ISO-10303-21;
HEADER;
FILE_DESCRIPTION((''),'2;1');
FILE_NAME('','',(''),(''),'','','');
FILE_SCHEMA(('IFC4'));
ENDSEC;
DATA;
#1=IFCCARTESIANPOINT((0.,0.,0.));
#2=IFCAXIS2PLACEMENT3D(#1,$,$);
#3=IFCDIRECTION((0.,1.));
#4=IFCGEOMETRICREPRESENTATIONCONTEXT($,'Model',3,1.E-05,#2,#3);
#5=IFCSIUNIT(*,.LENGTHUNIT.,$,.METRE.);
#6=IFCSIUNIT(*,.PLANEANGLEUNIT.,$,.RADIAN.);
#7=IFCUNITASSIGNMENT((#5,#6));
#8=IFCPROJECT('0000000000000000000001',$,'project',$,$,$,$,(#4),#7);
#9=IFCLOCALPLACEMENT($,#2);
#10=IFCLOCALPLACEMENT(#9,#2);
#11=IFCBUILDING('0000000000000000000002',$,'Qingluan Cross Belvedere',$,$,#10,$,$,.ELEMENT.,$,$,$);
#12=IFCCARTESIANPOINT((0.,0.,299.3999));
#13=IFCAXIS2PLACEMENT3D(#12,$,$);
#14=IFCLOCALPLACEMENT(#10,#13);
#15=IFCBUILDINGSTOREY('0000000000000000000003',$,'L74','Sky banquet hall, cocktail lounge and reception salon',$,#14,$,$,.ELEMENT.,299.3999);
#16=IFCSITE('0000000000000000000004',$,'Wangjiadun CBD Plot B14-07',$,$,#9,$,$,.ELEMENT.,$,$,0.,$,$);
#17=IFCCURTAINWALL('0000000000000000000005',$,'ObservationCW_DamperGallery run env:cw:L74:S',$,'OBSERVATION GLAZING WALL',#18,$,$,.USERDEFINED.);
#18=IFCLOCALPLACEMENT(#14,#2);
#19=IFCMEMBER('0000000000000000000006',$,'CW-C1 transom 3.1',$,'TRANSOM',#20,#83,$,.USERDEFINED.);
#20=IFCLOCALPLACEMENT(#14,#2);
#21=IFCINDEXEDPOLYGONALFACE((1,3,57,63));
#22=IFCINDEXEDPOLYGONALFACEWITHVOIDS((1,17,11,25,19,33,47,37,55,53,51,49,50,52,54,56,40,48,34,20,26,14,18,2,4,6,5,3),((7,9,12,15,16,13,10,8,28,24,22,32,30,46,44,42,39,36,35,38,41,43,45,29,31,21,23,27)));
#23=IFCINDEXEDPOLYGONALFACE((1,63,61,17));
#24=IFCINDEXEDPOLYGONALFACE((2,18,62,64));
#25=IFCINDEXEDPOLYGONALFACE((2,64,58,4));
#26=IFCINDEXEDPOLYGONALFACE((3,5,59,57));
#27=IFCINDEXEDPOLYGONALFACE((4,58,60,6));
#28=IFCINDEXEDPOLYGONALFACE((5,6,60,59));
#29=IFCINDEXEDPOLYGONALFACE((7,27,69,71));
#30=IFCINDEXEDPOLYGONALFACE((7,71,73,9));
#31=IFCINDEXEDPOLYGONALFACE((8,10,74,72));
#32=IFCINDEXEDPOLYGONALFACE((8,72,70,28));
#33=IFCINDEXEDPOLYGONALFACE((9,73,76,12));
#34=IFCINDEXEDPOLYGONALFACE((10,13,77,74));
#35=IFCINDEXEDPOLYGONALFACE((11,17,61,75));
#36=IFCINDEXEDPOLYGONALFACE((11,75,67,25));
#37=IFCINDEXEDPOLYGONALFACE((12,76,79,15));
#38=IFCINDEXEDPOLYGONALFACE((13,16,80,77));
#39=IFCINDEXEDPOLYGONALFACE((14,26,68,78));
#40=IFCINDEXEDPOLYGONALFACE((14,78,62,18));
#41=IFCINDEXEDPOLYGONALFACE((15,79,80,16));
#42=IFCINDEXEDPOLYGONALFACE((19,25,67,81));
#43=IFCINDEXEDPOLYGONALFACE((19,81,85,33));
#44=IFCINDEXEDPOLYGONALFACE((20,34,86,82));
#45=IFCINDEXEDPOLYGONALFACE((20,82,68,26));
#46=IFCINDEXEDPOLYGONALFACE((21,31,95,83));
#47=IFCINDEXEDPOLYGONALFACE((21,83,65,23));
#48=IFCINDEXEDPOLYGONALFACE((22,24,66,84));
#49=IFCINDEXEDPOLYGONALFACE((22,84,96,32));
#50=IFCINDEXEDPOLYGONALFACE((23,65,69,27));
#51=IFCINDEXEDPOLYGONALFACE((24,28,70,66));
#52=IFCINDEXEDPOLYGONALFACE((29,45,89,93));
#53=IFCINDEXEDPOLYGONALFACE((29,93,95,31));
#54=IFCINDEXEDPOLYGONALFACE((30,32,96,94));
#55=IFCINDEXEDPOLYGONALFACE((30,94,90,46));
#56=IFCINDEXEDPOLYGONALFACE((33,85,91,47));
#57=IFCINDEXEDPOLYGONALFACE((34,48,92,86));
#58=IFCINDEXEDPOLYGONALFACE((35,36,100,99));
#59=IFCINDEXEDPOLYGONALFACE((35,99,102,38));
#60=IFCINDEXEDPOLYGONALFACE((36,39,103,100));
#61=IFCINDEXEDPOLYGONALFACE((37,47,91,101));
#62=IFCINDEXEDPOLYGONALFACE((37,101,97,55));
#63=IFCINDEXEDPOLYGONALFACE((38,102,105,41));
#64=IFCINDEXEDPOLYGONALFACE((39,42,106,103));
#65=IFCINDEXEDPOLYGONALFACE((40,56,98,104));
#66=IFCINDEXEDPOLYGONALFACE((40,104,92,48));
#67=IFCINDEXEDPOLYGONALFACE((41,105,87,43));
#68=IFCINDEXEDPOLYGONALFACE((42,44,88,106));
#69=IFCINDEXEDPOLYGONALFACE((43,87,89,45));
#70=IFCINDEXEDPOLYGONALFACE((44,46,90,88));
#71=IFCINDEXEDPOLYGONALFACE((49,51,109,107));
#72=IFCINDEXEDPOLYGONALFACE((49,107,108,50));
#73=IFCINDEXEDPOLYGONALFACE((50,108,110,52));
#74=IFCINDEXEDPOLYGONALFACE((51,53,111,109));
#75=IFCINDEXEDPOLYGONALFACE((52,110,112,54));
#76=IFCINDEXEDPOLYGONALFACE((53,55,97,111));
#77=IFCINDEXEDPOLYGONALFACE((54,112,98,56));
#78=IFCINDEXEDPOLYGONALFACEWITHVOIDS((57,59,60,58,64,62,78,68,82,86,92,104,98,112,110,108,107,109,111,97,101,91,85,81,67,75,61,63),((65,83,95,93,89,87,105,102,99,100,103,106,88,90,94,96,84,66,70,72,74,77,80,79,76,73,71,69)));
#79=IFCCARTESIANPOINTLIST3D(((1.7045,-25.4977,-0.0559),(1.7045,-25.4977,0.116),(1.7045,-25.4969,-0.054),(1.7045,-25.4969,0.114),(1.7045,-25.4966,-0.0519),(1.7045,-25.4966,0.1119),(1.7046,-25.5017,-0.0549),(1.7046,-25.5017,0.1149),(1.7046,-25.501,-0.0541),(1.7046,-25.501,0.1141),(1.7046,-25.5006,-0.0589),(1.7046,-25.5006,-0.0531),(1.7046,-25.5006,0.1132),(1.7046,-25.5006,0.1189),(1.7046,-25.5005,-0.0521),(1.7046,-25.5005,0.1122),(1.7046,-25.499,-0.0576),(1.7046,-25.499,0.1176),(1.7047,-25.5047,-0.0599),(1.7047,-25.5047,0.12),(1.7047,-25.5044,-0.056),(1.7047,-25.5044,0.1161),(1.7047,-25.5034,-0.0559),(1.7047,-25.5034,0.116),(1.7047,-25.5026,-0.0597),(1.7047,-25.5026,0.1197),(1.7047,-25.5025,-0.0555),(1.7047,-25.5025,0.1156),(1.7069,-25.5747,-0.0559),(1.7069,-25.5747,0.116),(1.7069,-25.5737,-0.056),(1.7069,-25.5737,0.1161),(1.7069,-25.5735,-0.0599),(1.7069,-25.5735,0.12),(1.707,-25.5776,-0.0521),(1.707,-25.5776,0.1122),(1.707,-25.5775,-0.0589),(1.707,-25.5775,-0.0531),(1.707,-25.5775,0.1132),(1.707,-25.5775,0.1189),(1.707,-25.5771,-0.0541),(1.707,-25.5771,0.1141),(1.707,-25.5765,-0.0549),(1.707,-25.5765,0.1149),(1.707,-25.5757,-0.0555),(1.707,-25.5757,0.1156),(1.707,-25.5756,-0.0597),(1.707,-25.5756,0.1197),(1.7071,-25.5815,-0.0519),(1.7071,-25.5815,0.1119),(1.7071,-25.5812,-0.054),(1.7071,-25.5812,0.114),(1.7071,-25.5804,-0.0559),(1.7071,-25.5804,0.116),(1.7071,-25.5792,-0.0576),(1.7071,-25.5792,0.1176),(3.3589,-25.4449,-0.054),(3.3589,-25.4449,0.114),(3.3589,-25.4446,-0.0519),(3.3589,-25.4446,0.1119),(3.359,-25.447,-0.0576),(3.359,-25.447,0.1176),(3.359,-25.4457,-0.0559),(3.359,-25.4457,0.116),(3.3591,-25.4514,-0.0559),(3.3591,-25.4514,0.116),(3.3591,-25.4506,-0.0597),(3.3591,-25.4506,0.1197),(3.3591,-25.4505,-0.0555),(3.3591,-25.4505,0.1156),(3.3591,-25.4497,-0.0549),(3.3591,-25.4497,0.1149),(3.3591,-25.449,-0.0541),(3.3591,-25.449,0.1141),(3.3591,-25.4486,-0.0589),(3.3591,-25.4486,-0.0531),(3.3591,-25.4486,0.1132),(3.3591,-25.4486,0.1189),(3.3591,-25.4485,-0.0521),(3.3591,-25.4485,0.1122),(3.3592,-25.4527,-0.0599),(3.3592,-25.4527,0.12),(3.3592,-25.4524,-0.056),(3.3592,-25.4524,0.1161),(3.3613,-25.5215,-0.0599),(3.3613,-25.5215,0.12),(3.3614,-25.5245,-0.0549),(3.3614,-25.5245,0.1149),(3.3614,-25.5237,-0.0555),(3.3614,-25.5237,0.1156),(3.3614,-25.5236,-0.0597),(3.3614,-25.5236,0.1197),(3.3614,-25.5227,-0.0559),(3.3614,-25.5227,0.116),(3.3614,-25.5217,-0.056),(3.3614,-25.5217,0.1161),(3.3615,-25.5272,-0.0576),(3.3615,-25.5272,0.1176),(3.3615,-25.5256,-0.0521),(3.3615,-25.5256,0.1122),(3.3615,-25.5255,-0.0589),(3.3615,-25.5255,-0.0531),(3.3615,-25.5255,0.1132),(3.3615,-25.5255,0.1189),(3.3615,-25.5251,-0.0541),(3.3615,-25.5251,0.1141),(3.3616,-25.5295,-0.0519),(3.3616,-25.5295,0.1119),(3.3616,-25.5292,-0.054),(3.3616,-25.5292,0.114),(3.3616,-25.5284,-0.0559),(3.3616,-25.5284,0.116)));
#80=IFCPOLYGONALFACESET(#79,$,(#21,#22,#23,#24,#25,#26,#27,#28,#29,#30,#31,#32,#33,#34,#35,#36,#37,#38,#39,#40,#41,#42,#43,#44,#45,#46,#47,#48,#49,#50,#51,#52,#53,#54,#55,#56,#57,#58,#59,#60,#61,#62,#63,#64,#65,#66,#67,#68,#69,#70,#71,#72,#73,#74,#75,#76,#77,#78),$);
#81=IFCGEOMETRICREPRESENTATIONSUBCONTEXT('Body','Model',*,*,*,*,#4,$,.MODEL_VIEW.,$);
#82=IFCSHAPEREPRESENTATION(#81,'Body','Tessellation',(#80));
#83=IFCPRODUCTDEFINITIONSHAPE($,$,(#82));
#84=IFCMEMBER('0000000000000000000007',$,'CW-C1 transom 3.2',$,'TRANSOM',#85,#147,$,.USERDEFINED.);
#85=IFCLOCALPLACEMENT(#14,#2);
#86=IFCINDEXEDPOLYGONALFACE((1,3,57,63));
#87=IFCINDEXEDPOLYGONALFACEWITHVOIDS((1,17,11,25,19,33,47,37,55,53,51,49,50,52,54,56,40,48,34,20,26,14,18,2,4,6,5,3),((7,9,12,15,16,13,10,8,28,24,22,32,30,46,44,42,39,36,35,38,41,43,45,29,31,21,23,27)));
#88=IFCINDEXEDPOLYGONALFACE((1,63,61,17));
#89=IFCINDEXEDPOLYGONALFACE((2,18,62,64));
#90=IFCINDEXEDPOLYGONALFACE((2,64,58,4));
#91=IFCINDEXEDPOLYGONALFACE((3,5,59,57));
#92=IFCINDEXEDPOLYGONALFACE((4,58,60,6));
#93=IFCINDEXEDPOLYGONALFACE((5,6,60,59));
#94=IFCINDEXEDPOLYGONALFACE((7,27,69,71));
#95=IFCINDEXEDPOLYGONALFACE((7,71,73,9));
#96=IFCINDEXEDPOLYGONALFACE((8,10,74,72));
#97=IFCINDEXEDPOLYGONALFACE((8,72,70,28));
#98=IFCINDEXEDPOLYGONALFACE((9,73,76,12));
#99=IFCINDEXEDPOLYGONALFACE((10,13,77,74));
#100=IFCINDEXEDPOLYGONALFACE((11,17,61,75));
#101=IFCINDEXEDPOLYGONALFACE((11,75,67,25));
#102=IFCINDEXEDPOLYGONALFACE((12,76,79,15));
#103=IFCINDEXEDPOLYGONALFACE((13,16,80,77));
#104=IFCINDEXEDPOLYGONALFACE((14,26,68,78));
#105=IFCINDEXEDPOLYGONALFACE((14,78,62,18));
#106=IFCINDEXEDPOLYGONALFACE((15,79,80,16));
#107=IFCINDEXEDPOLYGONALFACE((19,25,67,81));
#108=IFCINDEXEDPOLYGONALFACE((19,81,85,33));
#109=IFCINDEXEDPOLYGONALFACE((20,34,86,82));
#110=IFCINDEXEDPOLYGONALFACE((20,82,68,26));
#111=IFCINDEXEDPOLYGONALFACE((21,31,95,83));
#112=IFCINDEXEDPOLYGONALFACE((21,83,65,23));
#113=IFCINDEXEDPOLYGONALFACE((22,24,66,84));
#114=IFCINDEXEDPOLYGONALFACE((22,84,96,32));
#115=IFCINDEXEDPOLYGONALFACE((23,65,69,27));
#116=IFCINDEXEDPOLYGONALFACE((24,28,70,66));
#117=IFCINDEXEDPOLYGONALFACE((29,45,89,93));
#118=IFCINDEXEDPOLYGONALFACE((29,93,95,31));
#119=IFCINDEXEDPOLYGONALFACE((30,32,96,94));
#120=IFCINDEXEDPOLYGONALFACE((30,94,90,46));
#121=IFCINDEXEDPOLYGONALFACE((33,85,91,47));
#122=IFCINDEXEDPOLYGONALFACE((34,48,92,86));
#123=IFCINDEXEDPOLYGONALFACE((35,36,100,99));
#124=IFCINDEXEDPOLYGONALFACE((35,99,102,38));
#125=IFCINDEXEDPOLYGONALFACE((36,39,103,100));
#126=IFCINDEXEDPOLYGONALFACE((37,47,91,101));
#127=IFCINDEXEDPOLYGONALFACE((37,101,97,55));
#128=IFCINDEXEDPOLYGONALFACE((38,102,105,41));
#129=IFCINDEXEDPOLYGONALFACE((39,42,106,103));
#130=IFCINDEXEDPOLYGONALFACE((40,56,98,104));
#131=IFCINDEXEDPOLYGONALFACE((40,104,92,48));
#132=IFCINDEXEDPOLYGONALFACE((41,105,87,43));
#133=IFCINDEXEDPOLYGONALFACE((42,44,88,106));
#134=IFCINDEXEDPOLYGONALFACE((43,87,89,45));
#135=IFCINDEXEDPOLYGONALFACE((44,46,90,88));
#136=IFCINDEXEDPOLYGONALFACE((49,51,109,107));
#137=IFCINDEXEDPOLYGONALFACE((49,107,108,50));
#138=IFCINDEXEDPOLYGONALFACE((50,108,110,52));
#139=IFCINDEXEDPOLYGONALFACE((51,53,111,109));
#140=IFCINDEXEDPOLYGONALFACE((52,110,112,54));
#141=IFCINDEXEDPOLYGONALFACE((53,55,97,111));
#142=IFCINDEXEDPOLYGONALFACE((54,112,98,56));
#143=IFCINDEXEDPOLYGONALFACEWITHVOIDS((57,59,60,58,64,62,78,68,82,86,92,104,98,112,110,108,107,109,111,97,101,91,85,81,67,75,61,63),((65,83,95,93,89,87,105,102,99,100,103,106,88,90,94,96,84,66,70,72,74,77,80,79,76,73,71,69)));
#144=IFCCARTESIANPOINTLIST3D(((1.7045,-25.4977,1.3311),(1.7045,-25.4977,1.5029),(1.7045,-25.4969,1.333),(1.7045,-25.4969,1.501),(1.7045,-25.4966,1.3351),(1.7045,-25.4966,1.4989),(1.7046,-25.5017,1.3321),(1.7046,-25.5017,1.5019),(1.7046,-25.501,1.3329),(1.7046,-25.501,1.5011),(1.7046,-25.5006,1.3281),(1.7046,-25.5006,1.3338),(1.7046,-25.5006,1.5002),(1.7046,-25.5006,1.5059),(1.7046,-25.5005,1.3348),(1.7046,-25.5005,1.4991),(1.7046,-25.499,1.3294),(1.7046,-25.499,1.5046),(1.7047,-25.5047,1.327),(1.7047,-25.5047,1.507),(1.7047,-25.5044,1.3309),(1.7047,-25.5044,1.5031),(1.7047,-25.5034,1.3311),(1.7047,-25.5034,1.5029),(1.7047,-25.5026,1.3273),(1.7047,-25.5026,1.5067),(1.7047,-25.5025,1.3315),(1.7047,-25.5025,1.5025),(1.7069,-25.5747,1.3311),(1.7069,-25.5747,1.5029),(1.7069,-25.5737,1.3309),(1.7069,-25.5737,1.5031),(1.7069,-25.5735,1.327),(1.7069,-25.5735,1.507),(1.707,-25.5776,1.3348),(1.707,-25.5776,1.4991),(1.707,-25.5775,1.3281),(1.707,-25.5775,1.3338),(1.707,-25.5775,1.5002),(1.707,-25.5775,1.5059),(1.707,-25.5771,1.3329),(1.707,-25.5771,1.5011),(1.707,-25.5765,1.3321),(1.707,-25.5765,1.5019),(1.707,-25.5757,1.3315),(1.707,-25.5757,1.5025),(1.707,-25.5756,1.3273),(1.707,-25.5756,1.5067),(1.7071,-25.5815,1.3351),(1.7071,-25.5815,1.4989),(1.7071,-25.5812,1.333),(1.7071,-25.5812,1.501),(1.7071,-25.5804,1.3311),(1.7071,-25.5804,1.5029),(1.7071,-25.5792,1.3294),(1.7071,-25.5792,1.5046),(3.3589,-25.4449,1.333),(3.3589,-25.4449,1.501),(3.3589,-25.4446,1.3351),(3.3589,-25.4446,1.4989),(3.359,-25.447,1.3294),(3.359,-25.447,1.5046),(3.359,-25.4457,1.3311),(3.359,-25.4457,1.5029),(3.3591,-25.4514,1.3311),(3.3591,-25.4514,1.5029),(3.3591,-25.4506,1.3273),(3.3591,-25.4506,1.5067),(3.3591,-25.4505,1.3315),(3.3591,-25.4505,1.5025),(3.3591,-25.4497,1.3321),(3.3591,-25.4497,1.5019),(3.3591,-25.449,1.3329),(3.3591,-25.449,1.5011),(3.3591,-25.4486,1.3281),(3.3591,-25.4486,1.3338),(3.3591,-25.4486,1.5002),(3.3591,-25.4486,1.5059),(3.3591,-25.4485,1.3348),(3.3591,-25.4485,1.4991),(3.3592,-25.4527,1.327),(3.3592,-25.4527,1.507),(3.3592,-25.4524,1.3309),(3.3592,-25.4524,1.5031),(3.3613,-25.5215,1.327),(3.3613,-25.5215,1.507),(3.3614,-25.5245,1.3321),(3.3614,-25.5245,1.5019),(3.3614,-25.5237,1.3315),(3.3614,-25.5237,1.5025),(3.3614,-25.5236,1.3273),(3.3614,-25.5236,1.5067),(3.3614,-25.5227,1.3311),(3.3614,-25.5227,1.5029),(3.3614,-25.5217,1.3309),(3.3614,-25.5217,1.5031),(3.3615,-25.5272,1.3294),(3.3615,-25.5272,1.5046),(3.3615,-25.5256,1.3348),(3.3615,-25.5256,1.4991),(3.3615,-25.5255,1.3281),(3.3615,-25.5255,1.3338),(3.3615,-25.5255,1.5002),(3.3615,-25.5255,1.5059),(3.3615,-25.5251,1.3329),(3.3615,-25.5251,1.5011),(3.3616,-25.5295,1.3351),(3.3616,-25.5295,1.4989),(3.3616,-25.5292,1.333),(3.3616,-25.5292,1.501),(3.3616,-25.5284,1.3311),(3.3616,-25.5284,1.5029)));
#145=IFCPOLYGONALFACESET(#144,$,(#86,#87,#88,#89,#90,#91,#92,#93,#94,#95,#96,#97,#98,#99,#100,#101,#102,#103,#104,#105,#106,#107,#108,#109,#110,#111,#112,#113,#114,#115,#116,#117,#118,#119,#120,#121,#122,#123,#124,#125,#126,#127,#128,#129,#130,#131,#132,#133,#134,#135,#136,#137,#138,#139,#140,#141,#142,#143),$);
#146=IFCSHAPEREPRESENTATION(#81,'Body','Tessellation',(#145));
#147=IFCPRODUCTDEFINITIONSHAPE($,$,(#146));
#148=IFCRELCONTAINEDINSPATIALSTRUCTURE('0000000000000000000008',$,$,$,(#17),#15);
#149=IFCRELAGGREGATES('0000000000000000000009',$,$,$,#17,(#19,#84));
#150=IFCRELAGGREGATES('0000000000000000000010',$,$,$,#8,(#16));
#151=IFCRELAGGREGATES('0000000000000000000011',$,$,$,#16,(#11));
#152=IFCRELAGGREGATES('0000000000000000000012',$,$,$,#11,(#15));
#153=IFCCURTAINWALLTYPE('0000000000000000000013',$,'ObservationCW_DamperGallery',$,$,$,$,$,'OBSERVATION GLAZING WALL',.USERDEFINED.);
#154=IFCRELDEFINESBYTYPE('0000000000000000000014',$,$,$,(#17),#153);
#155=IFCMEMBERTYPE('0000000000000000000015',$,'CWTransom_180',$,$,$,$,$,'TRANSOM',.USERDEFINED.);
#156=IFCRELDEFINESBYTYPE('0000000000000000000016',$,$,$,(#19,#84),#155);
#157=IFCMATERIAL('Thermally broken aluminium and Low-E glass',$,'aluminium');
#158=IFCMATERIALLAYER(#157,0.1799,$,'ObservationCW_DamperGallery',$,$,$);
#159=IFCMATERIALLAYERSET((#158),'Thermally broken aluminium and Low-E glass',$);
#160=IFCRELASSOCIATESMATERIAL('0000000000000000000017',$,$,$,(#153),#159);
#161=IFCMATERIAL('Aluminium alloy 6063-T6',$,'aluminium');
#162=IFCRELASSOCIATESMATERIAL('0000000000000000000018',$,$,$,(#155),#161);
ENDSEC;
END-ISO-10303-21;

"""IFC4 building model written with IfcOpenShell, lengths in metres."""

from ifc_helpers import new_model, si_unit, direction, frame, origin, origin_2d, place, context, subcontext, project, spatial, hollow_rectangle, extrude, material, layer, layer_set, material_profile, profile_set, type_object, element, aggregate, save


model = new_model("IFC4")

# Units and contexts
model_context = context("Model", 3, precision=1e-05, world=origin(), true_north=direction((0.0, 1.0)))
body_context = subcontext(model_context, "Body", "Model", "MODEL_VIEW")
ifc_project = project(units=[si_unit("LENGTHUNIT", "METRE"), si_unit("PLANEANGLEUNIT", "RADIAN")], contexts=[model_context])

# Site, building, storey
site_placement = place(None, origin())
site = spatial("IfcSite", under=ifc_project, at=site_placement, Name="Wangjiadun CBD Plot B14-07", CompositionType="ELEMENT", RefElevation=0.0)
building_placement = place(site_placement, origin())
building = spatial("IfcBuilding", under=site, at=building_placement, Name="Qingluan Cross Belvedere", CompositionType="ELEMENT")
storey_placement = place(building_placement, frame((0.0, 0.0, 299.3999)))
storey = spatial("IfcBuildingStorey", under=building, at=storey_placement, Name="L74", Description="Sky banquet hall, cocktail lounge and reception salon", CompositionType="ELEMENT", Elevation=299.3999)

# Curtain wall, members
ifc_material_1 = material(Name="Thermally broken aluminium and Low-E glass", Category="aluminium")
ifc_layer_1 = layer(ifc_material_1, 0.1799, Name="ObservationCW_DamperGallery")
ifc_layer_set_1 = layer_set([ifc_layer_1], Name="Thermally broken aluminium and Low-E glass")
curtain_wall_type = type_object("IfcCurtainWallType", Name="ObservationCW_DamperGallery", ElementType="OBSERVATION GLAZING WALL", PredefinedType="USERDEFINED", material=ifc_layer_set_1)
curtain_wall_placement = place(storey_placement, origin())
curtain_wall = element("IfcCurtainWall", 1, at=curtain_wall_placement, inside=storey, type_object=curtain_wall_type, Name="ObservationCW_DamperGallery run env:cw:L74:S", ObjectType="OBSERVATION GLAZING WALL", PredefinedType="USERDEFINED")
ifc_material_2 = material(Name="Aluminium alloy 6063-T6", Category="aluminium")
ifc_material_profile_1 = material_profile(ifc_material_2, hollow_rectangle(XDim=0.085, YDim=0.1799, WallThickness=0.0039, InnerFilletRadius=0.0039, OuterFilletRadius=0.0081, at=origin_2d()), Name="CWT180x85x4")
ifc_profile_set_1 = profile_set([ifc_material_profile_1], Name="Aluminium alloy 6063-T6")
member_type_1 = type_object("IfcMemberType", Name="CWTransom_180", ElementType="TRANSOM", PredefinedType="USERDEFINED", material=ifc_profile_set_1)
member_1_placement = place(storey_placement, frame((1.7058, -25.5391, 0.03), z_axis=(0.999506, 0.031414, 0.0), x_axis=(-0.031414, 0.999506, 0.0)))
member_1 = element("IfcMember", 2, at=member_1_placement, type_object=member_type_1, Name="CW-C1 transom 3.1", ObjectType="TRANSOM", PredefinedType="USERDEFINED", context=body_context, shape_type="SweptSolid", body=[
    extrude(hollow_rectangle(XDim=0.085, YDim=0.1799, WallThickness=0.0039, InnerFilletRadius=0.0039, OuterFilletRadius=0.0081, at=origin_2d()), origin(), (0.0, 0.0, 1.0), 1.6553),
])
member_2_placement = place(storey_placement, frame((1.7058, -25.5391, 1.417), z_axis=(0.999506, 0.031414, 0.0), x_axis=(-0.031414, 0.999506, 0.0)))
member_2 = element("IfcMember", 3, at=member_2_placement, type_object=member_type_1, Name="CW-C1 transom 3.2", ObjectType="TRANSOM", PredefinedType="USERDEFINED", context=body_context, shape_type="SweptSolid", body=[
    extrude(hollow_rectangle(XDim=0.085, YDim=0.1799, WallThickness=0.0039, InnerFilletRadius=0.0039, OuterFilletRadius=0.0081, at=origin_2d()), origin(), (0.0, 0.0, 1.0), 1.6553),
])

aggregate(curtain_wall, [member_1, member_2])

save(model, "model.ifc")
